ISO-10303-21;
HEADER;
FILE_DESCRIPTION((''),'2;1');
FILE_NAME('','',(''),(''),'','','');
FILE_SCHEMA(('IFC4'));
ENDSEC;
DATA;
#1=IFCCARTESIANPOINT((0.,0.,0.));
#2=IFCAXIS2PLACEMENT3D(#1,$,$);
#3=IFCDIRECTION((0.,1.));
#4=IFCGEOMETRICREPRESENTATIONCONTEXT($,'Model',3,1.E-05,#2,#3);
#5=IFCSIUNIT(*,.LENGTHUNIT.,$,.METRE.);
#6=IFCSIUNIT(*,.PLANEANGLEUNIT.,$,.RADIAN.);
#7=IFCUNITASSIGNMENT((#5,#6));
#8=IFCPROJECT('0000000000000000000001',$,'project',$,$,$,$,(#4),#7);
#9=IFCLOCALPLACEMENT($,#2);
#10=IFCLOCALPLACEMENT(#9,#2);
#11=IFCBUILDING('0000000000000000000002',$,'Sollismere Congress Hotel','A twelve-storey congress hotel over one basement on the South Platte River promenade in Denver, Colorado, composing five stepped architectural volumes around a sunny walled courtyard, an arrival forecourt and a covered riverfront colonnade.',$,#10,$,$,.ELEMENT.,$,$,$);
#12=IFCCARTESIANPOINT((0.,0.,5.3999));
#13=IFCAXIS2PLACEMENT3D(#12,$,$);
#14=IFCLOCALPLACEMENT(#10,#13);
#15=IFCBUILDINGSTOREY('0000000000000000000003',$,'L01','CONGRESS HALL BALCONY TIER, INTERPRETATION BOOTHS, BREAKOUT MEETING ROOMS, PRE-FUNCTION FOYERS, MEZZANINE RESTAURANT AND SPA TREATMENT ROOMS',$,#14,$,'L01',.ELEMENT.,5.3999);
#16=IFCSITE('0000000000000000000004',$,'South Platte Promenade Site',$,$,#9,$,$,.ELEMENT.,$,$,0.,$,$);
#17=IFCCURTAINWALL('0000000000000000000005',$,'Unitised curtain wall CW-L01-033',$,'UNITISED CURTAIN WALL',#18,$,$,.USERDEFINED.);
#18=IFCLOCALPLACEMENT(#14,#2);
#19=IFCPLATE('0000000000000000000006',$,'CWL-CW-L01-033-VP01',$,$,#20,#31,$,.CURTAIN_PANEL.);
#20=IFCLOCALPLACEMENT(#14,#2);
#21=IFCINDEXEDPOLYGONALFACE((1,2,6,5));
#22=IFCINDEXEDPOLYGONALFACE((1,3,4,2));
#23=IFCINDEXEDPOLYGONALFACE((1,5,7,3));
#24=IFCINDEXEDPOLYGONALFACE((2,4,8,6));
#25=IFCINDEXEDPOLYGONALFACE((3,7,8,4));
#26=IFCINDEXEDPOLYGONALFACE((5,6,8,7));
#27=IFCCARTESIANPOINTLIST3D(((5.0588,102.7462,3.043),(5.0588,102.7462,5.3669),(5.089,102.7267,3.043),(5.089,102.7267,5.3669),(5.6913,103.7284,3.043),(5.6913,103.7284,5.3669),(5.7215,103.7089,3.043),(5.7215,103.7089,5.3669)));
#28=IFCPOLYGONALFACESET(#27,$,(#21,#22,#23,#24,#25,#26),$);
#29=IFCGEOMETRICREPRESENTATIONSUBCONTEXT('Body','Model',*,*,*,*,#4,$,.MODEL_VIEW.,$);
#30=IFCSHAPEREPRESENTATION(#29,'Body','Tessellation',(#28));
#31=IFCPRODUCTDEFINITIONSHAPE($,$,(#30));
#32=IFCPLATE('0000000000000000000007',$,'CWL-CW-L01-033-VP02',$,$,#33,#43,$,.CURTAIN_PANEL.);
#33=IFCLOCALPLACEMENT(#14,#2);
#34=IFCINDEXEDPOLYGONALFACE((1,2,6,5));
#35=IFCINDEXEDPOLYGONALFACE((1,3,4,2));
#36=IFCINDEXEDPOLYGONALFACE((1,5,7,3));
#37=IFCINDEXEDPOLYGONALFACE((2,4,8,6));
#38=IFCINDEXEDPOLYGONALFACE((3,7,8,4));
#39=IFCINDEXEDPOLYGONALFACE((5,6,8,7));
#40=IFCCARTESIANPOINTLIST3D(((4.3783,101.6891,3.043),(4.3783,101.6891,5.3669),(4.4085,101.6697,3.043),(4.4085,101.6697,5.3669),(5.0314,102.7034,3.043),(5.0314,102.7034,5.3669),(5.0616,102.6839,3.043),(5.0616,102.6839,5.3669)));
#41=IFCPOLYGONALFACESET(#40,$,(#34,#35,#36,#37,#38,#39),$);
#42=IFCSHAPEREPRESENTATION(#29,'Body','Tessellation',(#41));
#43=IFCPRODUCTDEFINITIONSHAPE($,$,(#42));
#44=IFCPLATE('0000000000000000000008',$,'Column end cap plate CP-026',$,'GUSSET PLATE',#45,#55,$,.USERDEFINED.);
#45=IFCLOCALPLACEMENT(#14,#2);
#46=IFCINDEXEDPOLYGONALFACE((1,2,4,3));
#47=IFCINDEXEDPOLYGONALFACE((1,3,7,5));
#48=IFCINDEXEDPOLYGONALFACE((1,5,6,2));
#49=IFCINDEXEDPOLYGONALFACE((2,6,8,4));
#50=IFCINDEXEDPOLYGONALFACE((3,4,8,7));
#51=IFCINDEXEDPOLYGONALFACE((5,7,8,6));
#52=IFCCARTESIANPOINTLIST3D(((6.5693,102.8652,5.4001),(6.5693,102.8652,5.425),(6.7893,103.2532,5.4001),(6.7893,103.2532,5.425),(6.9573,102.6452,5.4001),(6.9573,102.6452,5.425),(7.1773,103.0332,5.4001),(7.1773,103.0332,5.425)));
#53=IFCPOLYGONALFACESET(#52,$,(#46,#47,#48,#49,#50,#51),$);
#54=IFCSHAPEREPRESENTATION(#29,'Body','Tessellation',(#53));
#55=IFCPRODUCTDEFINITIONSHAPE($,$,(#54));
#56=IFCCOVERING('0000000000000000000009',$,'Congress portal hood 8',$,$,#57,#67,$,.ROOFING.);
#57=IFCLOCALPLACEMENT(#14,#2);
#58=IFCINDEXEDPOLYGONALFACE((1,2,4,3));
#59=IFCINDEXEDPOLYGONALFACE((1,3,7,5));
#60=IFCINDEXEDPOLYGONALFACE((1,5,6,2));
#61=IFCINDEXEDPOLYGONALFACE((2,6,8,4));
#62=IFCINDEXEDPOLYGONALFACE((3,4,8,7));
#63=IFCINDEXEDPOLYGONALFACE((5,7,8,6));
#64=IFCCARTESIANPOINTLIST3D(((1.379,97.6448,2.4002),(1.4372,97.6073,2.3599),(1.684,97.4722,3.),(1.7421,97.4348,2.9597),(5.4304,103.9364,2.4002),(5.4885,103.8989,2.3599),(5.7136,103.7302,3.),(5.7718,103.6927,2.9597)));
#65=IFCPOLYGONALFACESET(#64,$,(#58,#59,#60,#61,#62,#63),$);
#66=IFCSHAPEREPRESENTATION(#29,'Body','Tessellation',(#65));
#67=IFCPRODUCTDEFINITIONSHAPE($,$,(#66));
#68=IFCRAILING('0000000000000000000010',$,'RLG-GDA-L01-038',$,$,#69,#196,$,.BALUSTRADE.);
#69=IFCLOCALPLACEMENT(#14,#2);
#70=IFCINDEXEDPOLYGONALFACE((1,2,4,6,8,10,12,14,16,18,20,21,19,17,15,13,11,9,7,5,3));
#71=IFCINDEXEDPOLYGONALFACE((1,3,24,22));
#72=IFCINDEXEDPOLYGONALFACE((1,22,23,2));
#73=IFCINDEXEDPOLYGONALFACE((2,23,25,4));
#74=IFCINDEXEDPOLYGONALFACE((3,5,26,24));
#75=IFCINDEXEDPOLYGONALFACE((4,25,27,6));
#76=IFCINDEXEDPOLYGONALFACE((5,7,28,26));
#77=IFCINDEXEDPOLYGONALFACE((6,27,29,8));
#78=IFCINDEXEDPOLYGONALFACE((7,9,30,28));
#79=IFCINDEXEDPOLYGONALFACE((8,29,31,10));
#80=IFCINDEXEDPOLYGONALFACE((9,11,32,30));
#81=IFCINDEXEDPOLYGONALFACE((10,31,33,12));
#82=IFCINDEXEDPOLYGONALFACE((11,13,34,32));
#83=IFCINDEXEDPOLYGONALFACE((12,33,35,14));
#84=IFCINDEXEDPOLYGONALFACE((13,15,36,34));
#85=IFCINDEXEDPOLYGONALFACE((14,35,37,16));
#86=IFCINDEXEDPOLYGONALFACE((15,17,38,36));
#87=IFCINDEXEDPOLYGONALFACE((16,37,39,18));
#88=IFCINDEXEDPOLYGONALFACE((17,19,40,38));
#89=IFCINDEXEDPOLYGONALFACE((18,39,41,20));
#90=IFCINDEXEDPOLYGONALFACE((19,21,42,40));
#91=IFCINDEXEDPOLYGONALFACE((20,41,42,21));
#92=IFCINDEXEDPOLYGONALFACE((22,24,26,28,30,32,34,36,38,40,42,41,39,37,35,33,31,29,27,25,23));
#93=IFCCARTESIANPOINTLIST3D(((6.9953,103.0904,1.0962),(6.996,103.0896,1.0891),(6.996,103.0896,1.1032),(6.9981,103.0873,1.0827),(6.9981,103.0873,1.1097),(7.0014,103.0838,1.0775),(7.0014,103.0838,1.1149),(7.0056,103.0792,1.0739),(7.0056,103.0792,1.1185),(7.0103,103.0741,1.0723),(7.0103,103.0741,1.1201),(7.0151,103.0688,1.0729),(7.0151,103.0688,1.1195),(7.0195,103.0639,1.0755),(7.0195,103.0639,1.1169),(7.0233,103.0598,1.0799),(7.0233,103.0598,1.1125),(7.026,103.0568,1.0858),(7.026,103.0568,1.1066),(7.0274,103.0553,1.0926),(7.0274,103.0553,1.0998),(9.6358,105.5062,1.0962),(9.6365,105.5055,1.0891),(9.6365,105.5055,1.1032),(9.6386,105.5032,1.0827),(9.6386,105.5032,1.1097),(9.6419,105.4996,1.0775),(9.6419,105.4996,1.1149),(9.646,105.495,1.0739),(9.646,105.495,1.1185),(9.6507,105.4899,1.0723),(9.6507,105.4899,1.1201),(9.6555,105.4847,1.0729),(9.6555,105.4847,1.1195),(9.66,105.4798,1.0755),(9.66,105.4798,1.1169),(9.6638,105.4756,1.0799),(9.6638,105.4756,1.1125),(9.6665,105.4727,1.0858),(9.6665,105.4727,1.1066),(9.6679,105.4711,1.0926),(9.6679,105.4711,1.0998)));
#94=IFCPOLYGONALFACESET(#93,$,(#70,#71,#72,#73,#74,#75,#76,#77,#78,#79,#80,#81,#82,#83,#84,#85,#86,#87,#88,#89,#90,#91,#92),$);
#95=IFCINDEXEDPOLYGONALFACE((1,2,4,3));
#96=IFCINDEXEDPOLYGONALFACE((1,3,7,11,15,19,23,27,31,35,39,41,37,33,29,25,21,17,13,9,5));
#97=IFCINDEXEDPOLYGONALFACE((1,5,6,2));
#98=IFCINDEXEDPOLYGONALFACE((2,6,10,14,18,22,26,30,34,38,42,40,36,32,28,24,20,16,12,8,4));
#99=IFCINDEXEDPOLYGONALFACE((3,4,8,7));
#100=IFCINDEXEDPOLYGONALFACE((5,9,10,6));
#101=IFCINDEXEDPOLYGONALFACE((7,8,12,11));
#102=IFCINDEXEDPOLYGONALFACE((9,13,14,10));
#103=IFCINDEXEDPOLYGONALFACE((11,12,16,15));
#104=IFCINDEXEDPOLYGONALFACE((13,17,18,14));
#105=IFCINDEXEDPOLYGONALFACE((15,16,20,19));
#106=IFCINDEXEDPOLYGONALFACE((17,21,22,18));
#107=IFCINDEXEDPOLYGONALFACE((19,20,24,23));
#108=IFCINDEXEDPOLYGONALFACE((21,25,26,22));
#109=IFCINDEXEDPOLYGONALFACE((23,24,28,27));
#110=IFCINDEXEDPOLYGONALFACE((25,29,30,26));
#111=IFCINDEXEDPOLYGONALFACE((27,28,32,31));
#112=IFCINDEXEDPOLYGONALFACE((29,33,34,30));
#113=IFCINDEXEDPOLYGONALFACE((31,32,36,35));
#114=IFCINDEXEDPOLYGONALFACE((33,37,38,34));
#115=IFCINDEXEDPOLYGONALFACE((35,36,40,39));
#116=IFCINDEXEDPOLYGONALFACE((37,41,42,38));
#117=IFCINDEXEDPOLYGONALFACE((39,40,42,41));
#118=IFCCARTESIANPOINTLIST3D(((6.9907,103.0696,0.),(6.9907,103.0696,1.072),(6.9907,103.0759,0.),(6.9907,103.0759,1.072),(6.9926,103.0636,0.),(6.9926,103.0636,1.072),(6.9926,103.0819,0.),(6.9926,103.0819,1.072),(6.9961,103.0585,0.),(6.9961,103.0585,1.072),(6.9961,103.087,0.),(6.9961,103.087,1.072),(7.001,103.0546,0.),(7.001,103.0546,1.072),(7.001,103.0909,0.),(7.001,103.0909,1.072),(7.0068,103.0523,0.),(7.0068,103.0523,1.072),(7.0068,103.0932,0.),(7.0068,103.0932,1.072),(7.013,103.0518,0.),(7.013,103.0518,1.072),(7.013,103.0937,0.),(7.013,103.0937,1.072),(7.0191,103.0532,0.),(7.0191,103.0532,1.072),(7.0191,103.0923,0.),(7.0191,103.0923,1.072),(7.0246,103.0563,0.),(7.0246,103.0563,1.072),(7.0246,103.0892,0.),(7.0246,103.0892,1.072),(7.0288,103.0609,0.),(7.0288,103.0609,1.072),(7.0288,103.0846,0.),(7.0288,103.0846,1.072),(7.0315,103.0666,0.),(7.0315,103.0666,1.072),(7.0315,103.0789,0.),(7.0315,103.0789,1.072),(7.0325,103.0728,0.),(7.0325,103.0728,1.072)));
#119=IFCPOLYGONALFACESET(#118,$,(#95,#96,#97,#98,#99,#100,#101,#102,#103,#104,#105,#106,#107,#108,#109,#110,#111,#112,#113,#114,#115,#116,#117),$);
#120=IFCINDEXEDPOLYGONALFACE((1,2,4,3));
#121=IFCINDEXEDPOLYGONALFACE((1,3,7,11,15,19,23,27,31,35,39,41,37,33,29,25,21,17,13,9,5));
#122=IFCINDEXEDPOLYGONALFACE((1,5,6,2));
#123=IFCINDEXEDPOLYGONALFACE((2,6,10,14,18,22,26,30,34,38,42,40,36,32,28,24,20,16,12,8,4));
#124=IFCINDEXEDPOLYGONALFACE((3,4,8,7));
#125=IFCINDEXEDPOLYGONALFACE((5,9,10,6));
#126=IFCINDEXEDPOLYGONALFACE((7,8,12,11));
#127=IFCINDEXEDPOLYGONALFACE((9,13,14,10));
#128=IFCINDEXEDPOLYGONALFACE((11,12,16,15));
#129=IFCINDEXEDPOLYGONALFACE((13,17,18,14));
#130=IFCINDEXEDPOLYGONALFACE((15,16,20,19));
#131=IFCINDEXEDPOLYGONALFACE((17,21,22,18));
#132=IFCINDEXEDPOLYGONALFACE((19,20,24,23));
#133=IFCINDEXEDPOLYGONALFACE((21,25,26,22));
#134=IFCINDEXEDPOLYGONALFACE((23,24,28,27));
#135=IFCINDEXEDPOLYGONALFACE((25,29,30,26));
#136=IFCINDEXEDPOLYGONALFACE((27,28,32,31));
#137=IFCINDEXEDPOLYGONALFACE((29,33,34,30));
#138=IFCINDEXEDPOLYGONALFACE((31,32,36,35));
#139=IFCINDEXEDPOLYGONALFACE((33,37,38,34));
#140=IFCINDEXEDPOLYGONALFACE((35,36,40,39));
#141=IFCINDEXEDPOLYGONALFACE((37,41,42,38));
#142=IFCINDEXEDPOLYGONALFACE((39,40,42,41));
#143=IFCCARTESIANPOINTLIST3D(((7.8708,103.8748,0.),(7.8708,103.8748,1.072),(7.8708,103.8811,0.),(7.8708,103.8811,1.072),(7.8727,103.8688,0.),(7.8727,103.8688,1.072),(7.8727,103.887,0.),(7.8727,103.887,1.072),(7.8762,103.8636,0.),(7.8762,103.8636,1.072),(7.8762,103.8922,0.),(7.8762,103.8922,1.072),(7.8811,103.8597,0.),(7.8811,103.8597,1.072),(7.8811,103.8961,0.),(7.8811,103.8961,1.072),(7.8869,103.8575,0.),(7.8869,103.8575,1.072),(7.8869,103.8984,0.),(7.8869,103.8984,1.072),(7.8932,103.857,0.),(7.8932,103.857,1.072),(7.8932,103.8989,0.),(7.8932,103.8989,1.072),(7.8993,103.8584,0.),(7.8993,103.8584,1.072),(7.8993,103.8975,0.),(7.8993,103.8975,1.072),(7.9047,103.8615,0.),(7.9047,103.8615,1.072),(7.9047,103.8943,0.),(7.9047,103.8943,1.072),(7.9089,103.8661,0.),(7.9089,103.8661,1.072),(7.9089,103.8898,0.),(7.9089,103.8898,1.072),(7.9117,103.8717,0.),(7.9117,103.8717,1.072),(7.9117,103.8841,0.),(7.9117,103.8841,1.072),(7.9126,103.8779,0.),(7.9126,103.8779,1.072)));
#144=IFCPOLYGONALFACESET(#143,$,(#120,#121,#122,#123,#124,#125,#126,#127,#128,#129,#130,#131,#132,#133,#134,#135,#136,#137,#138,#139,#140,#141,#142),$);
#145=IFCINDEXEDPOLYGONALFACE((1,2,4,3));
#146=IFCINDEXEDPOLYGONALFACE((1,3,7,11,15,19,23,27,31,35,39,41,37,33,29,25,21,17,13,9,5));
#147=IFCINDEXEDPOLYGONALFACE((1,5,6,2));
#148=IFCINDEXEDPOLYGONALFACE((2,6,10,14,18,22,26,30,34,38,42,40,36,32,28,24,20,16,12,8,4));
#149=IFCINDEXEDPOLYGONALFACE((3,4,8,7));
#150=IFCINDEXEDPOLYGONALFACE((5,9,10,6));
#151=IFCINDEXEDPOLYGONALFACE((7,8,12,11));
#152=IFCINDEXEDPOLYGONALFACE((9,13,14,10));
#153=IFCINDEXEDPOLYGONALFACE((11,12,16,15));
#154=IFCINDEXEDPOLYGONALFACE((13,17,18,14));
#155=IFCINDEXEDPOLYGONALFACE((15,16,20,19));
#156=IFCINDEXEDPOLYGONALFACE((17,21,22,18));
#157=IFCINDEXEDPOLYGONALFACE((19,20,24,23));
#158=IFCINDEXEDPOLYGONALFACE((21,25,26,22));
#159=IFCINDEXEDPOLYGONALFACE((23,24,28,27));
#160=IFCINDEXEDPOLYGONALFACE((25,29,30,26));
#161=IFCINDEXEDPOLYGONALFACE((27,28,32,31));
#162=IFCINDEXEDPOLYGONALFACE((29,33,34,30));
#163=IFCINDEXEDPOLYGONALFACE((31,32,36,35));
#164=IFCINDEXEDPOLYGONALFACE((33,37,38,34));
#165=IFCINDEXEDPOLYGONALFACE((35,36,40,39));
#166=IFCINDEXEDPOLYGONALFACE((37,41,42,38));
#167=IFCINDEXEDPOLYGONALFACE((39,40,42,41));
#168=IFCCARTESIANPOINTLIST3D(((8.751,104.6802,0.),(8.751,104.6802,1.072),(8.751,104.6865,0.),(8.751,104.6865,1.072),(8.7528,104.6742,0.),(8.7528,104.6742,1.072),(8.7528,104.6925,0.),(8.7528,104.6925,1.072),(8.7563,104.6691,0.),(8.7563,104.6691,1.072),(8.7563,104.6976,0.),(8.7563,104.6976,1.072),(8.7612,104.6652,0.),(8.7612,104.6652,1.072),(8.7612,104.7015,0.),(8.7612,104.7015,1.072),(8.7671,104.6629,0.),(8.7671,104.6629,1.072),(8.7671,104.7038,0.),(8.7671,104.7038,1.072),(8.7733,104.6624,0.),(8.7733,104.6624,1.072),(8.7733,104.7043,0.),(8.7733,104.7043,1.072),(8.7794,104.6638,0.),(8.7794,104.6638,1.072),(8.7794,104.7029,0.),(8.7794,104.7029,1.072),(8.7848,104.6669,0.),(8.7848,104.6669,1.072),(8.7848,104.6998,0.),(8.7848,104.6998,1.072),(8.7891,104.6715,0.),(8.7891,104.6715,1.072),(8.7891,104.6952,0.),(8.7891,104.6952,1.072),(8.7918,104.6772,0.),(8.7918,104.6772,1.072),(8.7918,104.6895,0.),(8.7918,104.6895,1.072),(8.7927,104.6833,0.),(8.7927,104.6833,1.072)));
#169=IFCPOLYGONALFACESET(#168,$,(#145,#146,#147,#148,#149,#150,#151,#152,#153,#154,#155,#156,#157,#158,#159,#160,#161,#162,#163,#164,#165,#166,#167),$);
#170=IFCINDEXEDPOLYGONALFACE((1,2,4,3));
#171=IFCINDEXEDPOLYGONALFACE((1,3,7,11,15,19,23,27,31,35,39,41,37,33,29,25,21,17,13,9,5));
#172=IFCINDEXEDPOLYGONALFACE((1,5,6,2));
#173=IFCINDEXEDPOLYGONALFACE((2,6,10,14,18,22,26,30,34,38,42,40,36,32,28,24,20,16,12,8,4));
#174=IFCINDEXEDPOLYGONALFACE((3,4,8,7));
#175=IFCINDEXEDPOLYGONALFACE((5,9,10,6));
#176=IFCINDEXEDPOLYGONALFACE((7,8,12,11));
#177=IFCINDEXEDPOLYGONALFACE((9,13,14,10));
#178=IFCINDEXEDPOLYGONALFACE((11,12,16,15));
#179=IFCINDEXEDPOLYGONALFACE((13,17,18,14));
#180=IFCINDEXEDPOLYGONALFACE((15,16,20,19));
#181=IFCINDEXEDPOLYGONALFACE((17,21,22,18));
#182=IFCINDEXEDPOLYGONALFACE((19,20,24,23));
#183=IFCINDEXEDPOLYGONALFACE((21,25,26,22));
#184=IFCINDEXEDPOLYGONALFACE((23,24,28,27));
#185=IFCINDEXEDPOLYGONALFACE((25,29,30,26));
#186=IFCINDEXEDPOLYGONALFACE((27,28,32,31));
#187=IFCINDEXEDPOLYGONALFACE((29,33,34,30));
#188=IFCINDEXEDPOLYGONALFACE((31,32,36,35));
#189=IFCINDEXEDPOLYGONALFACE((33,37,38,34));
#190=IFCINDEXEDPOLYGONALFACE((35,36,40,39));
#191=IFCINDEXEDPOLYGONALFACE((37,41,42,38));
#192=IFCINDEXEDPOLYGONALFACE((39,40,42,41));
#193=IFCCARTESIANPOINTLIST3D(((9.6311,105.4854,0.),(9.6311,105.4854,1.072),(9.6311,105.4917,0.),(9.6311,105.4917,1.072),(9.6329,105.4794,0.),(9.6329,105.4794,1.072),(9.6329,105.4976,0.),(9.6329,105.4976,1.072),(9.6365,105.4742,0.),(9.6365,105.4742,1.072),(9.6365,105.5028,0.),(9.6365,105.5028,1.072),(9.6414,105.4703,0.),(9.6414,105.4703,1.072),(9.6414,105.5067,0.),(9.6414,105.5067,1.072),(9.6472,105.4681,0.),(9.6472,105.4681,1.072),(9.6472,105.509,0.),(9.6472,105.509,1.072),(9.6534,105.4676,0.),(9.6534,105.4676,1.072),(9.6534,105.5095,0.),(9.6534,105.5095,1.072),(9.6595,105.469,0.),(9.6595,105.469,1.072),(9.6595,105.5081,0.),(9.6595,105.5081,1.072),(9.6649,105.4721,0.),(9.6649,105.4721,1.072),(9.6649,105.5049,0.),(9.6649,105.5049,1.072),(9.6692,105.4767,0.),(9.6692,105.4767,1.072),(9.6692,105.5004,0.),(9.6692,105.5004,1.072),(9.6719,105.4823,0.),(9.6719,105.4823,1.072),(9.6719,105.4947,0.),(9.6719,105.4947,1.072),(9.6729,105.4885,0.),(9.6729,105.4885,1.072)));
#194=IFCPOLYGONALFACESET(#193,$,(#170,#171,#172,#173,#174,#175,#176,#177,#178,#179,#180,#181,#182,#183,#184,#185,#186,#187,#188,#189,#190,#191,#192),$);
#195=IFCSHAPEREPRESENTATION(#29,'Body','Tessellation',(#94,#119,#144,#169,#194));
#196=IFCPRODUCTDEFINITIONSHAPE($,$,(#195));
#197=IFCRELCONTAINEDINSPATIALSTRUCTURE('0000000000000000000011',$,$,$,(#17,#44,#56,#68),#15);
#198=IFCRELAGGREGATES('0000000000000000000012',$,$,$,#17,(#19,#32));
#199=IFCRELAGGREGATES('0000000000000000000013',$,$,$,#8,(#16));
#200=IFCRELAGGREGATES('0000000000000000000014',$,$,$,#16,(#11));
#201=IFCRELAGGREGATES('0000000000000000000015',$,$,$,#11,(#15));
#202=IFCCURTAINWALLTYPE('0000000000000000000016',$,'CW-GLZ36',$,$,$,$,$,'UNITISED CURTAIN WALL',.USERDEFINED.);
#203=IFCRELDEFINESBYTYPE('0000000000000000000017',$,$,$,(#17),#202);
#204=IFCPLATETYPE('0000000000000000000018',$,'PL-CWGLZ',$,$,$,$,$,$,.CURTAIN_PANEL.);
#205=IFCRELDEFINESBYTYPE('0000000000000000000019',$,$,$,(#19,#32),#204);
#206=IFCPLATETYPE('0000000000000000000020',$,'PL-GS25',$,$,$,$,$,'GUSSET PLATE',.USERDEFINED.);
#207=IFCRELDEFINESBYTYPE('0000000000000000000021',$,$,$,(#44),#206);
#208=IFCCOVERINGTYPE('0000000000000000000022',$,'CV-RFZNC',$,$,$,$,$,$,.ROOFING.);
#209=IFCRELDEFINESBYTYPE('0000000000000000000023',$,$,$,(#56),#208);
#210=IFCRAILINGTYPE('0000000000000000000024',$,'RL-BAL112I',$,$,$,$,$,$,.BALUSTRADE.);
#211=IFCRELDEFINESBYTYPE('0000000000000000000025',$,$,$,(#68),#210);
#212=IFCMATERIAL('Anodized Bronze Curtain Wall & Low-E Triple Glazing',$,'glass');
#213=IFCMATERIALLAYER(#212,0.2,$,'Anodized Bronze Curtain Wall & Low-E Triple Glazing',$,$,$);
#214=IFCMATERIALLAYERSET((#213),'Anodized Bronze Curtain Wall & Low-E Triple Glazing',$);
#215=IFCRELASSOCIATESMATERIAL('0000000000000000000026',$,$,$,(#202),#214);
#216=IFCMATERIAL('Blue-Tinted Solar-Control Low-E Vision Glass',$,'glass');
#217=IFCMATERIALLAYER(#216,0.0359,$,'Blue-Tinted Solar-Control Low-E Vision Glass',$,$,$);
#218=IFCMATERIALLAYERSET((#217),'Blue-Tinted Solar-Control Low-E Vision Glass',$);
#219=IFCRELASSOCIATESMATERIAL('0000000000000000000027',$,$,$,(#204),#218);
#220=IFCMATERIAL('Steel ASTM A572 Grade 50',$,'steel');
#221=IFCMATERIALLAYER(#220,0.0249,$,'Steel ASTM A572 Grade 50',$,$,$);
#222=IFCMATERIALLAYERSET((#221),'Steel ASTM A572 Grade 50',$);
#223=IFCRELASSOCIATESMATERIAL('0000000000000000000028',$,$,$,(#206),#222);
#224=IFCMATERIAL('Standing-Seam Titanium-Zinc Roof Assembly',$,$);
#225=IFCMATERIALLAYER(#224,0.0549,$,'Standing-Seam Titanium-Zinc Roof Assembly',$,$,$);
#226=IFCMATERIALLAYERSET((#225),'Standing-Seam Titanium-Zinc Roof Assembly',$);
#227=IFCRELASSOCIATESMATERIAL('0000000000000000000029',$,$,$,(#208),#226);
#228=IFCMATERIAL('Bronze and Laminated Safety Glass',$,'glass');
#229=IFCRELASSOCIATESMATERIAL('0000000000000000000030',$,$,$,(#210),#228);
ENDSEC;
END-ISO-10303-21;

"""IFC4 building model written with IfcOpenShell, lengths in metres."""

from ifc_helpers import new_model, si_unit, direction, frame, origin, origin_2d, place, context, subcontext, project, spatial, polyline, rectangle, circle, outline, extrude, material, layer, layer_set, type_object, element, aggregate, save


model = new_model("IFC4")

# Units and contexts
model_context = context("Model", 3, precision=1e-05, world=origin(), true_north=direction((0.0, 1.0)))
body_context = subcontext(model_context, "Body", "Model", "MODEL_VIEW")
ifc_project = project(units=[si_unit("LENGTHUNIT", "METRE"), si_unit("PLANEANGLEUNIT", "RADIAN")], contexts=[model_context])

# Site, building, storey
site_placement = place(None, origin())
site = spatial("IfcSite", under=ifc_project, at=site_placement, Name="South Platte Promenade Site", CompositionType="ELEMENT", RefElevation=0.0)
building_placement = place(site_placement, origin())
building = spatial("IfcBuilding", under=site, at=building_placement, Name="Sollismere Congress Hotel", Description="A twelve-storey congress hotel over one basement on the South Platte River promenade in Denver, Colorado, composing five stepped architectural volumes around a sunny walled courtyard, an arrival forecourt and a covered riverfront colonnade.", CompositionType="ELEMENT")
storey_placement = place(building_placement, frame((0.0, 0.0, 5.3999)))
storey = spatial("IfcBuildingStorey", under=building, at=storey_placement, Name="L01", Description="CONGRESS HALL BALCONY TIER, INTERPRETATION BOOTHS, BREAKOUT MEETING ROOMS, PRE-FUNCTION FOYERS, MEZZANINE RESTAURANT AND SPA TREATMENT ROOMS", LongName="L01", CompositionType="ELEMENT", Elevation=5.3999)

# Curtain wall
ifc_material_1 = material(Name="Anodized Bronze Curtain Wall & Low-E Triple Glazing", Category="glass")
ifc_layer_1 = layer(ifc_material_1, 0.2, Name="Anodized Bronze Curtain Wall & Low-E Triple Glazing")
ifc_layer_set_1 = layer_set([ifc_layer_1], Name="Anodized Bronze Curtain Wall & Low-E Triple Glazing")
curtain_wall_type = type_object("IfcCurtainWallType", Name="CW-GLZ36", ElementType="UNITISED CURTAIN WALL", PredefinedType="USERDEFINED", material=ifc_layer_set_1)
curtain_wall_1_placement = place(storey_placement, origin())
curtain_wall_1 = element("IfcCurtainWall", 1, at=curtain_wall_1_placement, inside=storey, type_object=curtain_wall_type, Name="Unitised curtain wall CW-L01-033", ObjectType="UNITISED CURTAIN WALL", PredefinedType="USERDEFINED")

# Plates
ifc_material_2 = material(Name="Blue-Tinted Solar-Control Low-E Vision Glass", Category="glass")
ifc_layer_2 = layer(ifc_material_2, 0.0359, Name="Blue-Tinted Solar-Control Low-E Vision Glass")
ifc_layer_set_2 = layer_set([ifc_layer_2], Name="Blue-Tinted Solar-Control Low-E Vision Glass")
plate_type_1 = type_object("IfcPlateType", Name="PL-CWGLZ", PredefinedType="CURTAIN_PANEL", material=ifc_layer_set_2)
plate_1_placement = place(storey_placement, frame((5.3901, 103.2275, 3.043), z_axis=(0.0, 0.0, 1.0), x_axis=(-0.541385, -0.840775, 0.0)))
plate_1 = element("IfcPlate", 2, at=plate_1_placement, type_object=plate_type_1, Name="CWL-CW-L01-033-VP01", PredefinedType="CURTAIN_PANEL", context=body_context, shape_type="SweptSolid", body=[
    extrude(rectangle(XDim=1.1682, YDim=0.0359, at=origin_2d()), origin(), (0.0, 0.0, 1.0), 2.324),
])
plate_2_placement = place(storey_placement, frame((4.72, 102.1865, 3.043), z_axis=(0.0, 0.0, 1.0), x_axis=(-0.541385, -0.840775, 0.0)))
plate_2 = element("IfcPlate", 3, at=plate_2_placement, type_object=plate_type_1, Name="CWL-CW-L01-033-VP02", PredefinedType="CURTAIN_PANEL", context=body_context, shape_type="SweptSolid", body=[
    extrude(rectangle(XDim=1.2063, YDim=0.0359, at=origin_2d()), origin(), (0.0, 0.0, 1.0), 2.324),
])
aggregate(curtain_wall_1, [plate_1, plate_2])
ifc_material_3 = material(Name="Steel ASTM A572 Grade 50", Category="steel")
ifc_layer_3 = layer(ifc_material_3, 0.0249, Name="Steel ASTM A572 Grade 50")
ifc_layer_set_3 = layer_set([ifc_layer_3], Name="Steel ASTM A572 Grade 50")
plate_type_2 = type_object("IfcPlateType", Name="PL-GS25", ElementType="GUSSET PLATE", PredefinedType="USERDEFINED", material=ifc_layer_set_3)
plate_3_placement = place(storey_placement, frame((6.8733, 102.9492, 5.4001), z_axis=(0.0, 0.0, 1.0), x_axis=(-0.86984, 0.493335, 0.0)))
element("IfcPlate", 4, at=plate_3_placement, inside=storey, type_object=plate_type_2, Name="Column end cap plate CP-026", ObjectType="GUSSET PLATE", PredefinedType="USERDEFINED", context=body_context, shape_type="SweptSolid", body=[
    extrude(rectangle(XDim=0.446, YDim=0.446, at=origin_2d()), origin(), (0.0, 0.0, 1.0), 0.0249),
])

# Covering
ifc_material_4 = material(Name="Standing-Seam Titanium-Zinc Roof Assembly")
ifc_layer_4 = layer(ifc_material_4, 0.0549, Name="Standing-Seam Titanium-Zinc Roof Assembly")
ifc_layer_set_4 = layer_set([ifc_layer_4], Name="Standing-Seam Titanium-Zinc Roof Assembly")
covering_type = type_object("IfcCoveringType", Name="CV-RFZNC", PredefinedType="ROOFING", material=ifc_layer_set_4)
covering_placement = place(storey_placement, frame((5.4885, 103.8989, 2.3599), z_axis=(-0.726294, 0.467678, 0.50376), x_axis=(-0.541393, -0.84077, -0.000001)))
element("IfcCovering", 5, at=covering_placement, inside=storey, type_object=covering_type, Name="Congress portal hood 8", PredefinedType="ROOFING", context=body_context, shape_type="SweptSolid", body=[
    extrude(outline(polyline([(0.0, 0.0), (7.4832, 0.0), (7.4631, 0.6943), (0.02, 0.6943), (0.0, 0.0)])), origin(), (0.0, 0.0, 1.0), 0.0801),
])

# Railing
ifc_material_5 = material(Name="Bronze and Laminated Safety Glass", Category="glass")
railing_type = type_object("IfcRailingType", Name="RL-BAL112I", PredefinedType="BALUSTRADE", material=ifc_material_5)
railing_1_placement = place(storey_placement, frame((7.0115, 103.0728, 0.0)))
element("IfcRailing", 6, at=railing_1_placement, inside=storey, type_object=railing_type, Name="RLG-GDA-L01-038", PredefinedType="BALUSTRADE", context=body_context, shape_type="SweptSolid", body=[
    extrude(circle(Radius=0.0239, at=origin_2d()), frame((0.0, 0.0, 1.0962), z_axis=(0.737791, 0.675029, 0.0), x_axis=(-0.675029, 0.737791, 0.0)), (0.0, 0.0, 1.0), 3.5789),
    extrude(circle(Radius=0.021, at=origin_2d()), origin(), (0.0, 0.0, 1.0), 1.072),
    extrude(circle(Radius=0.021, at=origin_2d()), frame((0.8801, 0.8052, 0.0)), (0.0, 0.0, 1.0), 1.072),
    extrude(circle(Radius=0.021, at=origin_2d()), frame((1.7603, 1.6106, 0.0)), (0.0, 0.0, 1.0), 1.072),
    extrude(circle(Radius=0.021, at=origin_2d()), frame((2.6404, 2.4158, 0.0)), (0.0, 0.0, 1.0), 1.072),
])

save(model, "model.ifc")
